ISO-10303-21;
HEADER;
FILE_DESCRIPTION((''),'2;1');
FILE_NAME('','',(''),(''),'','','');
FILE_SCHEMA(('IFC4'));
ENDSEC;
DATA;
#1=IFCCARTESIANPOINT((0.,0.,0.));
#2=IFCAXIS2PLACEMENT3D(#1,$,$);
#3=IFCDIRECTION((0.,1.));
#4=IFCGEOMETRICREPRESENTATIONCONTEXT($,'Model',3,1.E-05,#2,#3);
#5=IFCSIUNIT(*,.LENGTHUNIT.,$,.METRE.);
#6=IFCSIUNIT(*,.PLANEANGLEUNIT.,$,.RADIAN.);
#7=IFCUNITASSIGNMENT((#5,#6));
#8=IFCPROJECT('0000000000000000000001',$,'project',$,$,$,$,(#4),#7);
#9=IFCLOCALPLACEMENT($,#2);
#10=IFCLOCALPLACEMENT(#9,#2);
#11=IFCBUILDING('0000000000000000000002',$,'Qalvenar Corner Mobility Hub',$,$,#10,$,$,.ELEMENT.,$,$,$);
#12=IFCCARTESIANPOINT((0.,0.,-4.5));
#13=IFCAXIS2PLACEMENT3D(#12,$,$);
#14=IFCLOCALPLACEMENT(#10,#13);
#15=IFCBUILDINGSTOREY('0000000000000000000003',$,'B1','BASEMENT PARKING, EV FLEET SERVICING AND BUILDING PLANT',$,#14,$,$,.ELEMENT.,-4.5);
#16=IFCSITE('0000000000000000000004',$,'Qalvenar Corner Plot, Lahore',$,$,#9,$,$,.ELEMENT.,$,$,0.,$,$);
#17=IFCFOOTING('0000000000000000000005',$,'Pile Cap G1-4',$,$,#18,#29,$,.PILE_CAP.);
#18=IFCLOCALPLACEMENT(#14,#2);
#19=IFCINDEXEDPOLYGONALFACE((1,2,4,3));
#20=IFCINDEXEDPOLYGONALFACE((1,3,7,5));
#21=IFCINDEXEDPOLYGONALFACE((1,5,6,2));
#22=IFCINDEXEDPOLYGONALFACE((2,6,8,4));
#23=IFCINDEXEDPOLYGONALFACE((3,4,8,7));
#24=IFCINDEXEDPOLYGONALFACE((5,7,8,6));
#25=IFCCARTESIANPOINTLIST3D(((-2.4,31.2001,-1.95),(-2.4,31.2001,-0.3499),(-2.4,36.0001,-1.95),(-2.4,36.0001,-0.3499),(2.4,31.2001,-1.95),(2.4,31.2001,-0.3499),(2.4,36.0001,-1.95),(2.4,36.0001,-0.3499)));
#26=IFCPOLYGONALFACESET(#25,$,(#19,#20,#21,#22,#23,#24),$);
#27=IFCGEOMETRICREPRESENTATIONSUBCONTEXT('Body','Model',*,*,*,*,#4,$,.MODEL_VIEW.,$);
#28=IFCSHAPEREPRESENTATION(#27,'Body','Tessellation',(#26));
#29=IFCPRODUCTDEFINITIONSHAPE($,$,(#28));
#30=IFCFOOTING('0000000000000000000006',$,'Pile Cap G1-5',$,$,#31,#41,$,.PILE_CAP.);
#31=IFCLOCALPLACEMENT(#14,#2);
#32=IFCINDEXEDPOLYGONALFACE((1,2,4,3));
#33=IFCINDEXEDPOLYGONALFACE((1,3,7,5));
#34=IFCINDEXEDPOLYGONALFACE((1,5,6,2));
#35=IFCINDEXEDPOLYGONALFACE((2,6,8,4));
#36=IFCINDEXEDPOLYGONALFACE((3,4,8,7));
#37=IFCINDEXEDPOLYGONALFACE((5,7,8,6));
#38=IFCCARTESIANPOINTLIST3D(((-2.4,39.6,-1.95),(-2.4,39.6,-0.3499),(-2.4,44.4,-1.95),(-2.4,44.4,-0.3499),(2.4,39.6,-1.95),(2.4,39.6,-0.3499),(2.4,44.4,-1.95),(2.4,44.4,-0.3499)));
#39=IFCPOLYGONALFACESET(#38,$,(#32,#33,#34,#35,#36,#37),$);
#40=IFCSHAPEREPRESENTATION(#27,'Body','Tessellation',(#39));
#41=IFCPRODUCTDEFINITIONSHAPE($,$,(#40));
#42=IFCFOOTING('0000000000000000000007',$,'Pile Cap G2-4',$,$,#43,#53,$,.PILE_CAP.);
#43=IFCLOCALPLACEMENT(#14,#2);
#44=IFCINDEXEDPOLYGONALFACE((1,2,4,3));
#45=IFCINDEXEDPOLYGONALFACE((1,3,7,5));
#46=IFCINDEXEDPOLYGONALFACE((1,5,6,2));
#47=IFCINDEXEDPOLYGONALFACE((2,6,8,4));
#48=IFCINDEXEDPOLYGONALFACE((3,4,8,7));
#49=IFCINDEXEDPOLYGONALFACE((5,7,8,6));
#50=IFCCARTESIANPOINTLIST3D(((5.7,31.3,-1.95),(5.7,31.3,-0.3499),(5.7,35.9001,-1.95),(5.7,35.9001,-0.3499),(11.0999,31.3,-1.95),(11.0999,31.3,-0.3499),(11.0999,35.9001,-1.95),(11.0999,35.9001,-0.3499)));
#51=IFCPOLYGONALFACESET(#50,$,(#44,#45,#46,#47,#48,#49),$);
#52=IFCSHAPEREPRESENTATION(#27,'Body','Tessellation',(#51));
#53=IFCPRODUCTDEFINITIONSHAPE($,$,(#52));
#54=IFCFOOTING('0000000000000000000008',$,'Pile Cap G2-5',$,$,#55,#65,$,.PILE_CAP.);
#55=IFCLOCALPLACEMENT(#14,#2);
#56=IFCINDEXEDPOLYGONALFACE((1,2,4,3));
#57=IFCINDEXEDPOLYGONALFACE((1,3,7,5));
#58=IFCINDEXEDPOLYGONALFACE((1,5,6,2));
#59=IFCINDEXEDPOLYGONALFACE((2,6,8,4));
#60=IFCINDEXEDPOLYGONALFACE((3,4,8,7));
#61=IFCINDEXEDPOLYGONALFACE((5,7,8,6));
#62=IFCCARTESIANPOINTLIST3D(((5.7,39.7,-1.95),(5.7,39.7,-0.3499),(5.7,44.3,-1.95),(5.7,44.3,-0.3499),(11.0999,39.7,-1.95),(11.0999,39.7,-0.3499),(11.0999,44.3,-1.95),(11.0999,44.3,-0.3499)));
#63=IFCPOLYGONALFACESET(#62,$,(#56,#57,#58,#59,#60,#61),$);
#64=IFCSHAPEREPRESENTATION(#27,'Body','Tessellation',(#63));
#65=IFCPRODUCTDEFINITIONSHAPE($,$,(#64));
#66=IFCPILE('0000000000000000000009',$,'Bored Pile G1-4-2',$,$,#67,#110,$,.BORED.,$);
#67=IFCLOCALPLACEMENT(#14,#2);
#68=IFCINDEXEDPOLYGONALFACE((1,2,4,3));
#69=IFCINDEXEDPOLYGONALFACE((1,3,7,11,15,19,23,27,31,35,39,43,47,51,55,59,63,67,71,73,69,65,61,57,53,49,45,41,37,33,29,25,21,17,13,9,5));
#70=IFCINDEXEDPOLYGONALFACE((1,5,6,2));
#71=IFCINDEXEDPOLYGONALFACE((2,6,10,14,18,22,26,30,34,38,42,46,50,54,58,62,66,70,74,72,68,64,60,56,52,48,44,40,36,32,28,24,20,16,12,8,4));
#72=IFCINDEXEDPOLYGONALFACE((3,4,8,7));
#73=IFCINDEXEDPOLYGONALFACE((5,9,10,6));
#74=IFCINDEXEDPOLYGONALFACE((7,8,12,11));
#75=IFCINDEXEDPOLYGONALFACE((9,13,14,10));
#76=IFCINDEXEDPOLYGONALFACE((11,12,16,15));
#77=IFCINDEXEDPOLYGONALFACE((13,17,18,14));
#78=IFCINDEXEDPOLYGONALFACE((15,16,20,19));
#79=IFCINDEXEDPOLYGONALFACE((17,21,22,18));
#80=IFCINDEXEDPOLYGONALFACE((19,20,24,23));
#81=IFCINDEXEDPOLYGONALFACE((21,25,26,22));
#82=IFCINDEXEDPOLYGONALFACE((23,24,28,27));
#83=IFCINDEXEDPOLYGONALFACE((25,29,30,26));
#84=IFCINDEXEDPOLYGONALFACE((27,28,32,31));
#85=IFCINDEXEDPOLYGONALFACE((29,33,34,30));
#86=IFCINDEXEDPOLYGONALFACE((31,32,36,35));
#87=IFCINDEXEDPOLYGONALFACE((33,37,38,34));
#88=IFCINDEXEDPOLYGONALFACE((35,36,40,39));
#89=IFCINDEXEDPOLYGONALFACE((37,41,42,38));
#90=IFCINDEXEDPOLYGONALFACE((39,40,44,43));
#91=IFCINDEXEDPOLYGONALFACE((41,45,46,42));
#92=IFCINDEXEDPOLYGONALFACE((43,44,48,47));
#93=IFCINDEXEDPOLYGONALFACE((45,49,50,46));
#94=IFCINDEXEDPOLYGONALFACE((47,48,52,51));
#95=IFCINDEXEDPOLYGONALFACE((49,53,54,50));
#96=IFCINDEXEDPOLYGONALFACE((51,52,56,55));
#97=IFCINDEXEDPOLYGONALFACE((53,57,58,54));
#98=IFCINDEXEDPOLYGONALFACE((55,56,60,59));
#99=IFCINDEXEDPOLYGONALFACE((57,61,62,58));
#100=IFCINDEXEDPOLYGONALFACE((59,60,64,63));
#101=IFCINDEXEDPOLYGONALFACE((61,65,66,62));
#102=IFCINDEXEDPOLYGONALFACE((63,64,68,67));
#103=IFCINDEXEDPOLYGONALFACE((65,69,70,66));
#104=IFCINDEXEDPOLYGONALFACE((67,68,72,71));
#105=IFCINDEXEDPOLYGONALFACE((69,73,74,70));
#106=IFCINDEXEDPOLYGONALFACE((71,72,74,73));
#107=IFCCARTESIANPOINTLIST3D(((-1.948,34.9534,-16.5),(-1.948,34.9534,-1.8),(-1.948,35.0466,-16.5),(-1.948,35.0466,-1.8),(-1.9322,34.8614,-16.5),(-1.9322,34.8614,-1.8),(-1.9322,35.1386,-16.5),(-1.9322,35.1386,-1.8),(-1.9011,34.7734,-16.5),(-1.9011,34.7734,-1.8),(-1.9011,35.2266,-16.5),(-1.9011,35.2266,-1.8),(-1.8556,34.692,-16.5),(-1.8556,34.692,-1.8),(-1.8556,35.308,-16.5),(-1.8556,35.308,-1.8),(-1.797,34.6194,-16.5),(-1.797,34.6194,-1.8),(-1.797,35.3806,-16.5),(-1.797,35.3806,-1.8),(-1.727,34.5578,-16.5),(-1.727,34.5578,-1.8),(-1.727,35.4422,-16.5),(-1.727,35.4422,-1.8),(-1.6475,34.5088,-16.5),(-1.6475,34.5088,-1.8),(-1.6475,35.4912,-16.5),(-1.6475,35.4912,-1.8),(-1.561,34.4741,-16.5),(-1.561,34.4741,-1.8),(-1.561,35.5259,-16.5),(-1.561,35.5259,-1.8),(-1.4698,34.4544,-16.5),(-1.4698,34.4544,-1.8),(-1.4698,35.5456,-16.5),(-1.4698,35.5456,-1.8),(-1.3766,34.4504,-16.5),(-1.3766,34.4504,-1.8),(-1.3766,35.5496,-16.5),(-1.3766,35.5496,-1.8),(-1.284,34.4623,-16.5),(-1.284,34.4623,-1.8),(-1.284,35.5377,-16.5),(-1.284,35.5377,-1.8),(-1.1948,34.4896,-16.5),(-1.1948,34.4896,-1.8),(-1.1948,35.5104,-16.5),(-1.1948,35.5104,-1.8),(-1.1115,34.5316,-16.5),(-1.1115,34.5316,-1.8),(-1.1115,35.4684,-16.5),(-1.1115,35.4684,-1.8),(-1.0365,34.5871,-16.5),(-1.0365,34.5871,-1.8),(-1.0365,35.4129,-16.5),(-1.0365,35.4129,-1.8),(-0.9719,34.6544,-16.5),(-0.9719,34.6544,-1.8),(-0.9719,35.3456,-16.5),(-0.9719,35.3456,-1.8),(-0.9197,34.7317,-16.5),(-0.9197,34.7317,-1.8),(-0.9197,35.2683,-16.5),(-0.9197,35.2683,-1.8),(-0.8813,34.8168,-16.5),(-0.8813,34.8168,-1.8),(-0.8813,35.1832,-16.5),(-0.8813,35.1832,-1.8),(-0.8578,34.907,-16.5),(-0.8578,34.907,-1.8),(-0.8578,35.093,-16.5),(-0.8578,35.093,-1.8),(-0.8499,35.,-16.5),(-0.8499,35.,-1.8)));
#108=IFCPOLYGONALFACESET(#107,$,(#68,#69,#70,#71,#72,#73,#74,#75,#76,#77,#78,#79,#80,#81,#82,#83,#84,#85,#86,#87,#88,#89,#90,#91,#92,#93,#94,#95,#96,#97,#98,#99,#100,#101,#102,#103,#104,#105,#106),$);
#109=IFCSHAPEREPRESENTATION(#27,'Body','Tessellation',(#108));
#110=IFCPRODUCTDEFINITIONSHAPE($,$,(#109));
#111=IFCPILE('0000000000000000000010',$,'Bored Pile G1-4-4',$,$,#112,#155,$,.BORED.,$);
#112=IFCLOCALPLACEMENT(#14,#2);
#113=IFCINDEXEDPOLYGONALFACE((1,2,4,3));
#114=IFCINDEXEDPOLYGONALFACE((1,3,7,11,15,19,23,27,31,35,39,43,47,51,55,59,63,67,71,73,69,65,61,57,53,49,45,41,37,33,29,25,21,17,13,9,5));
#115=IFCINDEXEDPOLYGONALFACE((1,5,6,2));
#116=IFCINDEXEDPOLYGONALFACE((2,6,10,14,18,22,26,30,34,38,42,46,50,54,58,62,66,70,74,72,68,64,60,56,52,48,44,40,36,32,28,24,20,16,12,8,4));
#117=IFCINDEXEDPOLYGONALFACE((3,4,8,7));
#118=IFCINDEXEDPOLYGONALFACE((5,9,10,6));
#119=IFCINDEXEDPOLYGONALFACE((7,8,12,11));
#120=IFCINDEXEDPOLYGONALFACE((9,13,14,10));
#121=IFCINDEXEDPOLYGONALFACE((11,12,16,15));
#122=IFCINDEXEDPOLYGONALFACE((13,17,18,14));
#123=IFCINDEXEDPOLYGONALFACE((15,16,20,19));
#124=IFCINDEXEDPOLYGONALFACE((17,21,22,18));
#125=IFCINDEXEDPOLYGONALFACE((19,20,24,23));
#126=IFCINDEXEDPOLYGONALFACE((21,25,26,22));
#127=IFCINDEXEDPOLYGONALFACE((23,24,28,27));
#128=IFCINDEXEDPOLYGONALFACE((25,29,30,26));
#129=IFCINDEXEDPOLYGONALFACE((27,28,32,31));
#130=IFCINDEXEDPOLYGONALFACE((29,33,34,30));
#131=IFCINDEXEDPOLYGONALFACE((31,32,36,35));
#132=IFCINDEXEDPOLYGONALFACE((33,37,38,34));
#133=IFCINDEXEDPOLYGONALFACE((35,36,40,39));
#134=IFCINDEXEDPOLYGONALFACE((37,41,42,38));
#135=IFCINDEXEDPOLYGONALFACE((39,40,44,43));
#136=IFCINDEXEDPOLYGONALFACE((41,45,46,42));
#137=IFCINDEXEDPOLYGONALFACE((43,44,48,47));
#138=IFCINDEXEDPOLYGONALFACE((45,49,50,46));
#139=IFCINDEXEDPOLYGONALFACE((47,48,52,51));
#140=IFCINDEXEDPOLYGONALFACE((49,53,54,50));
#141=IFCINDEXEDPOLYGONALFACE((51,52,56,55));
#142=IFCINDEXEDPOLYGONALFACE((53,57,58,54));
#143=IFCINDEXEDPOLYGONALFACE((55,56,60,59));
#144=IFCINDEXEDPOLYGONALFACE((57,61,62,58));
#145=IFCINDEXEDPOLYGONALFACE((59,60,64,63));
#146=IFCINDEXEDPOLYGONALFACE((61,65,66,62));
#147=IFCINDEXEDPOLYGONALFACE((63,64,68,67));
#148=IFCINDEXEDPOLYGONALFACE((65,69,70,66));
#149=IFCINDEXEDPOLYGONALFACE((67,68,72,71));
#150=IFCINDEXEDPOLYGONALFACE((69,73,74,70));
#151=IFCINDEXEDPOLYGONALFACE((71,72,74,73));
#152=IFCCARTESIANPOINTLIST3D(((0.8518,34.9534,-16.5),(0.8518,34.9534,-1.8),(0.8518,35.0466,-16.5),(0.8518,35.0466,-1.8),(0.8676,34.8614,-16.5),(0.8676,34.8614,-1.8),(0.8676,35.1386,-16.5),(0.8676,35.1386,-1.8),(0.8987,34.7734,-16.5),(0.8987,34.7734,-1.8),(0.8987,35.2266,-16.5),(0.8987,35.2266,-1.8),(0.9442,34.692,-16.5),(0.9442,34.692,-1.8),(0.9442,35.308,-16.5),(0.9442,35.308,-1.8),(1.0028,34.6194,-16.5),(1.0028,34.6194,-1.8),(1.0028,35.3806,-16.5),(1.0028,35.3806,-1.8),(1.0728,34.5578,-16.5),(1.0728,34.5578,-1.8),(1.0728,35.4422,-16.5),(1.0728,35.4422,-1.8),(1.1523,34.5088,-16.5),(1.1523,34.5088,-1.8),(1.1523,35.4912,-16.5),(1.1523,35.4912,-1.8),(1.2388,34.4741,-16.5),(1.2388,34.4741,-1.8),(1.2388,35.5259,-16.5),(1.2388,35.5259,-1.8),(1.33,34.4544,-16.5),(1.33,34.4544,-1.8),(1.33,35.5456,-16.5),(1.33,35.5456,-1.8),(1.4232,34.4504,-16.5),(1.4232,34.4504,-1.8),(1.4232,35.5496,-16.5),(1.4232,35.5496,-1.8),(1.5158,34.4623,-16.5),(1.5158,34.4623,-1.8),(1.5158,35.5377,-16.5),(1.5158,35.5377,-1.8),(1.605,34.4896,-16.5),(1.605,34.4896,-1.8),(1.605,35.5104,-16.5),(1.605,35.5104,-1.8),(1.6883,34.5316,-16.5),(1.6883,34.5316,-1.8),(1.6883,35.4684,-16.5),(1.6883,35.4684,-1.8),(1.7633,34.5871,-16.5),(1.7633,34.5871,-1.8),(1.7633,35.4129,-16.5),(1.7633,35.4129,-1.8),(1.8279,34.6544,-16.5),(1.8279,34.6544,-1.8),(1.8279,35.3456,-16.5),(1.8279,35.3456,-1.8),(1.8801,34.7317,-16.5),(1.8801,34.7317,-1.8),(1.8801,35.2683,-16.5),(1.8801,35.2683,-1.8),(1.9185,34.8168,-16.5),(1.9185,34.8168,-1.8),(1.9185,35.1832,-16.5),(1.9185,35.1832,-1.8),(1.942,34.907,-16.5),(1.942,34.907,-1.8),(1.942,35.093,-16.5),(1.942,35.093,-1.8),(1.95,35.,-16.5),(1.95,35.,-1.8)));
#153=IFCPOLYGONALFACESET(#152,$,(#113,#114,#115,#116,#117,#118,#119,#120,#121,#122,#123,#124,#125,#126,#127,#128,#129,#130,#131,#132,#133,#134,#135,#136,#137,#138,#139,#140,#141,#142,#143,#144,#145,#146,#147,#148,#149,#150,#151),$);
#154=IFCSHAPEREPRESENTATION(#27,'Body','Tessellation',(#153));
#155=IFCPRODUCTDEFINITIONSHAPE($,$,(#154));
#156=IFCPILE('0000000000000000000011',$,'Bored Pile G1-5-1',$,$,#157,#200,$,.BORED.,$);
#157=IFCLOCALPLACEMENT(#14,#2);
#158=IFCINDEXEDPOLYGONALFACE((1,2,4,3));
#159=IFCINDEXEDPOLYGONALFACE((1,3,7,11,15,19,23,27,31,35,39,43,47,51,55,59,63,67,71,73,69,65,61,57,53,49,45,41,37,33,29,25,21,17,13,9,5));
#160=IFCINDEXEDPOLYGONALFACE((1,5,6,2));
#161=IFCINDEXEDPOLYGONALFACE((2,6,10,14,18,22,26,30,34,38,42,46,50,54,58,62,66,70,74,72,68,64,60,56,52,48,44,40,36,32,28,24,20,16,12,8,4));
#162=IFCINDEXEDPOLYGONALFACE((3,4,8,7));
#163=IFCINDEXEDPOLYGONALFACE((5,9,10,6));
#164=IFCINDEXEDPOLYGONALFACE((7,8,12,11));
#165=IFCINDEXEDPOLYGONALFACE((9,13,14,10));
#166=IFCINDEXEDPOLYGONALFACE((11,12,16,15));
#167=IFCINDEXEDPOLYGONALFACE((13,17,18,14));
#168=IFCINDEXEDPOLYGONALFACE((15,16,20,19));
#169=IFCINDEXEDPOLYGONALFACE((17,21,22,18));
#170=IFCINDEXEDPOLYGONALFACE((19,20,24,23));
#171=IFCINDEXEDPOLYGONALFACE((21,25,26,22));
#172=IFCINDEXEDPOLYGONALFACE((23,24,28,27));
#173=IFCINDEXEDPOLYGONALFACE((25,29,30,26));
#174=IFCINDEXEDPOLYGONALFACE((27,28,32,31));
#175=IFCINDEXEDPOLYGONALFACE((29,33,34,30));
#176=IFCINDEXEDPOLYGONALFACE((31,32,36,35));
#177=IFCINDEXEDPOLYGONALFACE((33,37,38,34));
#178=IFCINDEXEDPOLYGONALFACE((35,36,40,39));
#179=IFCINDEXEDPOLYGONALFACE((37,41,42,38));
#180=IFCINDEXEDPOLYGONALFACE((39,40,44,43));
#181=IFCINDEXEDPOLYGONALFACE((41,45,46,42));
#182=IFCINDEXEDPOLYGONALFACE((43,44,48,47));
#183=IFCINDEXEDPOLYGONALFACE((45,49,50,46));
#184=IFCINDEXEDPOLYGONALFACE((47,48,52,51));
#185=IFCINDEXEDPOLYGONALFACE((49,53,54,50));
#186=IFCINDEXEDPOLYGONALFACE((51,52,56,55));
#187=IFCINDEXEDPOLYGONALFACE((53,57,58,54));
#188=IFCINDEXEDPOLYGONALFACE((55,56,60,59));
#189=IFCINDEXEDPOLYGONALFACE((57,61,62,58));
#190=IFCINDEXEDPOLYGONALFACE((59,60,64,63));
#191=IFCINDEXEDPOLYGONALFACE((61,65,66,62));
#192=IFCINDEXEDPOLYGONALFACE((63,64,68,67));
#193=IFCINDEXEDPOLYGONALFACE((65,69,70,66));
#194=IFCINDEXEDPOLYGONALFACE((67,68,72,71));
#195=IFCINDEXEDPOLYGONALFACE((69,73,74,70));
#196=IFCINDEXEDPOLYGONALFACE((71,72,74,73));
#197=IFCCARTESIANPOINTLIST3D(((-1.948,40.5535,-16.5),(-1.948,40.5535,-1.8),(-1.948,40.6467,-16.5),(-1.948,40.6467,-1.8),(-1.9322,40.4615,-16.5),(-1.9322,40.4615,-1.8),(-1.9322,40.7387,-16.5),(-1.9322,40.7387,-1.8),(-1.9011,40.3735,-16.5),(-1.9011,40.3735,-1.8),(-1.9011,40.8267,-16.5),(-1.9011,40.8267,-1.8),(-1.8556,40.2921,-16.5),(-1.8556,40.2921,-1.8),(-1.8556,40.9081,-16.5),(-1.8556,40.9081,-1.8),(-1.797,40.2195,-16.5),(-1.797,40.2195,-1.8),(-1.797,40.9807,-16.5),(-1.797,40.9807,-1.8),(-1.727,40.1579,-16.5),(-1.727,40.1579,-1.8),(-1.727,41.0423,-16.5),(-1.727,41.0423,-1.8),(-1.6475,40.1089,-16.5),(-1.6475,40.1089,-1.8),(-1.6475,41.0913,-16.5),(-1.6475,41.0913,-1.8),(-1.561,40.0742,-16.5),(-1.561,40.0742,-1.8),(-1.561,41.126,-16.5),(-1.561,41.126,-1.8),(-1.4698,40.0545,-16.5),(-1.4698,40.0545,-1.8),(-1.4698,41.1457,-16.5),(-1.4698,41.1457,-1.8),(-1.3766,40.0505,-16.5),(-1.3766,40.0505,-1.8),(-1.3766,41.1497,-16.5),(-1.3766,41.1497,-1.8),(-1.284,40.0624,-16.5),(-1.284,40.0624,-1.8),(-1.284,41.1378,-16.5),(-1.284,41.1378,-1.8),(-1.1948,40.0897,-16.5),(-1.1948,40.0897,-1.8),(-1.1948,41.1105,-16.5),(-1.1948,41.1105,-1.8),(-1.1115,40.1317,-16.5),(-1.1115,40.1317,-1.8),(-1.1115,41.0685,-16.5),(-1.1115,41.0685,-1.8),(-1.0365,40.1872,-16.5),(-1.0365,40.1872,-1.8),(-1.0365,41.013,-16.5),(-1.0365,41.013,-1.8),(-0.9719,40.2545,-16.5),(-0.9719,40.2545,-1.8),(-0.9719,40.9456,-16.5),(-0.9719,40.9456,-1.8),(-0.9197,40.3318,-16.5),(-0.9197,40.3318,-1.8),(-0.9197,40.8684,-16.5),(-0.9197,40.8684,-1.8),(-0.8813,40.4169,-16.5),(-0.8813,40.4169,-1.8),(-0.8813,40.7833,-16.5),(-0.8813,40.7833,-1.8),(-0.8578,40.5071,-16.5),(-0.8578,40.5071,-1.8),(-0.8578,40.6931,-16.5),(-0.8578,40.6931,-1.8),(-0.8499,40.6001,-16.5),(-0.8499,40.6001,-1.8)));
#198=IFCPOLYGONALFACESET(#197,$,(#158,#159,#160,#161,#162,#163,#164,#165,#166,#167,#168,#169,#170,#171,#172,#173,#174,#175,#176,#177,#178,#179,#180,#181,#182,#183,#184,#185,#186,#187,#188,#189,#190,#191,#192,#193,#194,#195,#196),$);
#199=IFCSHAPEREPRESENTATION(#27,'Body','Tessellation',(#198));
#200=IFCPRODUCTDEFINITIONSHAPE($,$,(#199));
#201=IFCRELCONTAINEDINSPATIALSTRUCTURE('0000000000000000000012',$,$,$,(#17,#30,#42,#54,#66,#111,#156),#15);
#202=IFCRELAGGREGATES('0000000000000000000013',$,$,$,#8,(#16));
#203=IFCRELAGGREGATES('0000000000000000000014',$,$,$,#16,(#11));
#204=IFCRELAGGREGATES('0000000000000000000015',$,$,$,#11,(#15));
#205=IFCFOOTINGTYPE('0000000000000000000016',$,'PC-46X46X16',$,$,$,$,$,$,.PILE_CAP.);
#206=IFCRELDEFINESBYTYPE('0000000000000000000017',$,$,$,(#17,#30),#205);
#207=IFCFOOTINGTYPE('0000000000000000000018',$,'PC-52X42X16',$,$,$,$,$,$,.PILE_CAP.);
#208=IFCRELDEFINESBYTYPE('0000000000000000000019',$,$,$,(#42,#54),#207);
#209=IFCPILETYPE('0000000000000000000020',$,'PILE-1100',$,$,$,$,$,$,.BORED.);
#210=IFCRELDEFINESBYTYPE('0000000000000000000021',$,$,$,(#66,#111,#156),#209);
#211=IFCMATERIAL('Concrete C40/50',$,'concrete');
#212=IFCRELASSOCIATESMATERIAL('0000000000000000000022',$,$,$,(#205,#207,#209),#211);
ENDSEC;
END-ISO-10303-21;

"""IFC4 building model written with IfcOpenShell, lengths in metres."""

from ifc_helpers import new_model, si_unit, direction, frame, origin, origin_2d, place, context, subcontext, project, spatial, rectangle, circle, extrude, material, material_profile, profile_set, type_object, element, save


model = new_model("IFC4")

# Units and contexts
model_context = context("Model", 3, precision=1e-05, world=origin(), true_north=direction((0.0, 1.0)))
body_context = subcontext(model_context, "Body", "Model", "MODEL_VIEW")
ifc_project = project(units=[si_unit("LENGTHUNIT", "METRE"), si_unit("PLANEANGLEUNIT", "RADIAN")], contexts=[model_context])

# Site, building, storey
site_placement = place(None, origin())
site = spatial("IfcSite", under=ifc_project, at=site_placement, Name="Qalvenar Corner Plot, Lahore", CompositionType="ELEMENT", RefElevation=0.0)
building_placement = place(site_placement, origin())
building = spatial("IfcBuilding", under=site, at=building_placement, Name="Qalvenar Corner Mobility Hub", CompositionType="ELEMENT")
storey_placement = place(building_placement, frame((0.0, 0.0, -4.5)))
storey = spatial("IfcBuildingStorey", under=building, at=storey_placement, Name="B1", Description="BASEMENT PARKING, EV FLEET SERVICING AND BUILDING PLANT", CompositionType="ELEMENT", Elevation=-4.5)

# Footings
ifc_material_1 = material(Name="Concrete C40/50", Category="concrete")
footing_type_1 = type_object("IfcFootingType", Name="PC-46X46X16", PredefinedType="PILE_CAP", material=ifc_material_1)
for number, where, z_axis, x_axis, name in (
    (1, (0.0, 33.6001, -1.95), (0.0, 0.0, 1.0), (1.0, 0.0, 0.0), "Pile Cap G1-4"),
    (2, (0.0, 42.0, -1.95), (0.0, 0.0, 1.0), (1.0, 0.0, 0.0), "Pile Cap G1-5"),
):
    element("IfcFooting", number, at=place(storey_placement, frame(where, z_axis=z_axis, x_axis=x_axis)), inside=storey, type_object=footing_type_1, Name=name, PredefinedType="PILE_CAP", context=body_context, shape_type="SweptSolid", body=[
        extrude(rectangle(XDim=4.8, YDim=4.8, at=origin_2d()), origin(), (0.0, 0.0, 1.0), 1.6001),
    ])
footing_type_2 = type_object("IfcFootingType", Name="PC-52X42X16", PredefinedType="PILE_CAP", material=ifc_material_1)
for number, where, z_axis, x_axis, name in (
    (3, (8.3999, 33.6001, -1.95), (0.0, 0.0, 1.0), (1.0, 0.0, 0.0), "Pile Cap G2-4"),
    (4, (8.3999, 42.0, -1.95), (0.0, 0.0, 1.0), (1.0, 0.0, 0.0), "Pile Cap G2-5"),
):
    element("IfcFooting", number, at=place(storey_placement, frame(where, z_axis=z_axis, x_axis=x_axis)), inside=storey, type_object=footing_type_2, Name=name, PredefinedType="PILE_CAP", context=body_context, shape_type="SweptSolid", body=[
        extrude(rectangle(XDim=5.3999, YDim=4.6001, at=origin_2d()), origin(), (0.0, 0.0, 1.0), 1.6001),
    ])

# Piles
ifc_material_profile_1 = material_profile(ifc_material_1, circle(Radius=0.55, at=origin_2d()), Name="DIA1100")
ifc_profile_set_1 = profile_set([ifc_material_profile_1], Name="Concrete C40/50")
pile_type = type_object("IfcPileType", Name="PILE-1100", PredefinedType="BORED", material=ifc_profile_set_1)
for number, where, z_axis, x_axis, name in (
    (5, (-1.3999, 35.0, -1.8), (0.0, 0.0, -1.0), (1.0, 0.0, 0.0), "Bored Pile G1-4-2"),
    (6, (1.3999, 35.0, -1.8), (0.0, 0.0, -1.0), (1.0, 0.0, 0.0), "Bored Pile G1-4-4"),
    (7, (-1.3999, 40.6001, -1.8), (0.0, 0.0, -1.0), (1.0, 0.0, 0.0), "Bored Pile G1-5-1"),
):
    element("IfcPile", number, at=place(storey_placement, frame(where, z_axis=z_axis, x_axis=x_axis)), inside=storey, type_object=pile_type, Name=name, PredefinedType="BORED", context=body_context, shape_type="SweptSolid", body=[
        extrude(circle(Radius=0.55, at=origin_2d()), origin(), (0.0, 0.0, 1.0), 14.7),
    ])

save(model, "model.ifc")
